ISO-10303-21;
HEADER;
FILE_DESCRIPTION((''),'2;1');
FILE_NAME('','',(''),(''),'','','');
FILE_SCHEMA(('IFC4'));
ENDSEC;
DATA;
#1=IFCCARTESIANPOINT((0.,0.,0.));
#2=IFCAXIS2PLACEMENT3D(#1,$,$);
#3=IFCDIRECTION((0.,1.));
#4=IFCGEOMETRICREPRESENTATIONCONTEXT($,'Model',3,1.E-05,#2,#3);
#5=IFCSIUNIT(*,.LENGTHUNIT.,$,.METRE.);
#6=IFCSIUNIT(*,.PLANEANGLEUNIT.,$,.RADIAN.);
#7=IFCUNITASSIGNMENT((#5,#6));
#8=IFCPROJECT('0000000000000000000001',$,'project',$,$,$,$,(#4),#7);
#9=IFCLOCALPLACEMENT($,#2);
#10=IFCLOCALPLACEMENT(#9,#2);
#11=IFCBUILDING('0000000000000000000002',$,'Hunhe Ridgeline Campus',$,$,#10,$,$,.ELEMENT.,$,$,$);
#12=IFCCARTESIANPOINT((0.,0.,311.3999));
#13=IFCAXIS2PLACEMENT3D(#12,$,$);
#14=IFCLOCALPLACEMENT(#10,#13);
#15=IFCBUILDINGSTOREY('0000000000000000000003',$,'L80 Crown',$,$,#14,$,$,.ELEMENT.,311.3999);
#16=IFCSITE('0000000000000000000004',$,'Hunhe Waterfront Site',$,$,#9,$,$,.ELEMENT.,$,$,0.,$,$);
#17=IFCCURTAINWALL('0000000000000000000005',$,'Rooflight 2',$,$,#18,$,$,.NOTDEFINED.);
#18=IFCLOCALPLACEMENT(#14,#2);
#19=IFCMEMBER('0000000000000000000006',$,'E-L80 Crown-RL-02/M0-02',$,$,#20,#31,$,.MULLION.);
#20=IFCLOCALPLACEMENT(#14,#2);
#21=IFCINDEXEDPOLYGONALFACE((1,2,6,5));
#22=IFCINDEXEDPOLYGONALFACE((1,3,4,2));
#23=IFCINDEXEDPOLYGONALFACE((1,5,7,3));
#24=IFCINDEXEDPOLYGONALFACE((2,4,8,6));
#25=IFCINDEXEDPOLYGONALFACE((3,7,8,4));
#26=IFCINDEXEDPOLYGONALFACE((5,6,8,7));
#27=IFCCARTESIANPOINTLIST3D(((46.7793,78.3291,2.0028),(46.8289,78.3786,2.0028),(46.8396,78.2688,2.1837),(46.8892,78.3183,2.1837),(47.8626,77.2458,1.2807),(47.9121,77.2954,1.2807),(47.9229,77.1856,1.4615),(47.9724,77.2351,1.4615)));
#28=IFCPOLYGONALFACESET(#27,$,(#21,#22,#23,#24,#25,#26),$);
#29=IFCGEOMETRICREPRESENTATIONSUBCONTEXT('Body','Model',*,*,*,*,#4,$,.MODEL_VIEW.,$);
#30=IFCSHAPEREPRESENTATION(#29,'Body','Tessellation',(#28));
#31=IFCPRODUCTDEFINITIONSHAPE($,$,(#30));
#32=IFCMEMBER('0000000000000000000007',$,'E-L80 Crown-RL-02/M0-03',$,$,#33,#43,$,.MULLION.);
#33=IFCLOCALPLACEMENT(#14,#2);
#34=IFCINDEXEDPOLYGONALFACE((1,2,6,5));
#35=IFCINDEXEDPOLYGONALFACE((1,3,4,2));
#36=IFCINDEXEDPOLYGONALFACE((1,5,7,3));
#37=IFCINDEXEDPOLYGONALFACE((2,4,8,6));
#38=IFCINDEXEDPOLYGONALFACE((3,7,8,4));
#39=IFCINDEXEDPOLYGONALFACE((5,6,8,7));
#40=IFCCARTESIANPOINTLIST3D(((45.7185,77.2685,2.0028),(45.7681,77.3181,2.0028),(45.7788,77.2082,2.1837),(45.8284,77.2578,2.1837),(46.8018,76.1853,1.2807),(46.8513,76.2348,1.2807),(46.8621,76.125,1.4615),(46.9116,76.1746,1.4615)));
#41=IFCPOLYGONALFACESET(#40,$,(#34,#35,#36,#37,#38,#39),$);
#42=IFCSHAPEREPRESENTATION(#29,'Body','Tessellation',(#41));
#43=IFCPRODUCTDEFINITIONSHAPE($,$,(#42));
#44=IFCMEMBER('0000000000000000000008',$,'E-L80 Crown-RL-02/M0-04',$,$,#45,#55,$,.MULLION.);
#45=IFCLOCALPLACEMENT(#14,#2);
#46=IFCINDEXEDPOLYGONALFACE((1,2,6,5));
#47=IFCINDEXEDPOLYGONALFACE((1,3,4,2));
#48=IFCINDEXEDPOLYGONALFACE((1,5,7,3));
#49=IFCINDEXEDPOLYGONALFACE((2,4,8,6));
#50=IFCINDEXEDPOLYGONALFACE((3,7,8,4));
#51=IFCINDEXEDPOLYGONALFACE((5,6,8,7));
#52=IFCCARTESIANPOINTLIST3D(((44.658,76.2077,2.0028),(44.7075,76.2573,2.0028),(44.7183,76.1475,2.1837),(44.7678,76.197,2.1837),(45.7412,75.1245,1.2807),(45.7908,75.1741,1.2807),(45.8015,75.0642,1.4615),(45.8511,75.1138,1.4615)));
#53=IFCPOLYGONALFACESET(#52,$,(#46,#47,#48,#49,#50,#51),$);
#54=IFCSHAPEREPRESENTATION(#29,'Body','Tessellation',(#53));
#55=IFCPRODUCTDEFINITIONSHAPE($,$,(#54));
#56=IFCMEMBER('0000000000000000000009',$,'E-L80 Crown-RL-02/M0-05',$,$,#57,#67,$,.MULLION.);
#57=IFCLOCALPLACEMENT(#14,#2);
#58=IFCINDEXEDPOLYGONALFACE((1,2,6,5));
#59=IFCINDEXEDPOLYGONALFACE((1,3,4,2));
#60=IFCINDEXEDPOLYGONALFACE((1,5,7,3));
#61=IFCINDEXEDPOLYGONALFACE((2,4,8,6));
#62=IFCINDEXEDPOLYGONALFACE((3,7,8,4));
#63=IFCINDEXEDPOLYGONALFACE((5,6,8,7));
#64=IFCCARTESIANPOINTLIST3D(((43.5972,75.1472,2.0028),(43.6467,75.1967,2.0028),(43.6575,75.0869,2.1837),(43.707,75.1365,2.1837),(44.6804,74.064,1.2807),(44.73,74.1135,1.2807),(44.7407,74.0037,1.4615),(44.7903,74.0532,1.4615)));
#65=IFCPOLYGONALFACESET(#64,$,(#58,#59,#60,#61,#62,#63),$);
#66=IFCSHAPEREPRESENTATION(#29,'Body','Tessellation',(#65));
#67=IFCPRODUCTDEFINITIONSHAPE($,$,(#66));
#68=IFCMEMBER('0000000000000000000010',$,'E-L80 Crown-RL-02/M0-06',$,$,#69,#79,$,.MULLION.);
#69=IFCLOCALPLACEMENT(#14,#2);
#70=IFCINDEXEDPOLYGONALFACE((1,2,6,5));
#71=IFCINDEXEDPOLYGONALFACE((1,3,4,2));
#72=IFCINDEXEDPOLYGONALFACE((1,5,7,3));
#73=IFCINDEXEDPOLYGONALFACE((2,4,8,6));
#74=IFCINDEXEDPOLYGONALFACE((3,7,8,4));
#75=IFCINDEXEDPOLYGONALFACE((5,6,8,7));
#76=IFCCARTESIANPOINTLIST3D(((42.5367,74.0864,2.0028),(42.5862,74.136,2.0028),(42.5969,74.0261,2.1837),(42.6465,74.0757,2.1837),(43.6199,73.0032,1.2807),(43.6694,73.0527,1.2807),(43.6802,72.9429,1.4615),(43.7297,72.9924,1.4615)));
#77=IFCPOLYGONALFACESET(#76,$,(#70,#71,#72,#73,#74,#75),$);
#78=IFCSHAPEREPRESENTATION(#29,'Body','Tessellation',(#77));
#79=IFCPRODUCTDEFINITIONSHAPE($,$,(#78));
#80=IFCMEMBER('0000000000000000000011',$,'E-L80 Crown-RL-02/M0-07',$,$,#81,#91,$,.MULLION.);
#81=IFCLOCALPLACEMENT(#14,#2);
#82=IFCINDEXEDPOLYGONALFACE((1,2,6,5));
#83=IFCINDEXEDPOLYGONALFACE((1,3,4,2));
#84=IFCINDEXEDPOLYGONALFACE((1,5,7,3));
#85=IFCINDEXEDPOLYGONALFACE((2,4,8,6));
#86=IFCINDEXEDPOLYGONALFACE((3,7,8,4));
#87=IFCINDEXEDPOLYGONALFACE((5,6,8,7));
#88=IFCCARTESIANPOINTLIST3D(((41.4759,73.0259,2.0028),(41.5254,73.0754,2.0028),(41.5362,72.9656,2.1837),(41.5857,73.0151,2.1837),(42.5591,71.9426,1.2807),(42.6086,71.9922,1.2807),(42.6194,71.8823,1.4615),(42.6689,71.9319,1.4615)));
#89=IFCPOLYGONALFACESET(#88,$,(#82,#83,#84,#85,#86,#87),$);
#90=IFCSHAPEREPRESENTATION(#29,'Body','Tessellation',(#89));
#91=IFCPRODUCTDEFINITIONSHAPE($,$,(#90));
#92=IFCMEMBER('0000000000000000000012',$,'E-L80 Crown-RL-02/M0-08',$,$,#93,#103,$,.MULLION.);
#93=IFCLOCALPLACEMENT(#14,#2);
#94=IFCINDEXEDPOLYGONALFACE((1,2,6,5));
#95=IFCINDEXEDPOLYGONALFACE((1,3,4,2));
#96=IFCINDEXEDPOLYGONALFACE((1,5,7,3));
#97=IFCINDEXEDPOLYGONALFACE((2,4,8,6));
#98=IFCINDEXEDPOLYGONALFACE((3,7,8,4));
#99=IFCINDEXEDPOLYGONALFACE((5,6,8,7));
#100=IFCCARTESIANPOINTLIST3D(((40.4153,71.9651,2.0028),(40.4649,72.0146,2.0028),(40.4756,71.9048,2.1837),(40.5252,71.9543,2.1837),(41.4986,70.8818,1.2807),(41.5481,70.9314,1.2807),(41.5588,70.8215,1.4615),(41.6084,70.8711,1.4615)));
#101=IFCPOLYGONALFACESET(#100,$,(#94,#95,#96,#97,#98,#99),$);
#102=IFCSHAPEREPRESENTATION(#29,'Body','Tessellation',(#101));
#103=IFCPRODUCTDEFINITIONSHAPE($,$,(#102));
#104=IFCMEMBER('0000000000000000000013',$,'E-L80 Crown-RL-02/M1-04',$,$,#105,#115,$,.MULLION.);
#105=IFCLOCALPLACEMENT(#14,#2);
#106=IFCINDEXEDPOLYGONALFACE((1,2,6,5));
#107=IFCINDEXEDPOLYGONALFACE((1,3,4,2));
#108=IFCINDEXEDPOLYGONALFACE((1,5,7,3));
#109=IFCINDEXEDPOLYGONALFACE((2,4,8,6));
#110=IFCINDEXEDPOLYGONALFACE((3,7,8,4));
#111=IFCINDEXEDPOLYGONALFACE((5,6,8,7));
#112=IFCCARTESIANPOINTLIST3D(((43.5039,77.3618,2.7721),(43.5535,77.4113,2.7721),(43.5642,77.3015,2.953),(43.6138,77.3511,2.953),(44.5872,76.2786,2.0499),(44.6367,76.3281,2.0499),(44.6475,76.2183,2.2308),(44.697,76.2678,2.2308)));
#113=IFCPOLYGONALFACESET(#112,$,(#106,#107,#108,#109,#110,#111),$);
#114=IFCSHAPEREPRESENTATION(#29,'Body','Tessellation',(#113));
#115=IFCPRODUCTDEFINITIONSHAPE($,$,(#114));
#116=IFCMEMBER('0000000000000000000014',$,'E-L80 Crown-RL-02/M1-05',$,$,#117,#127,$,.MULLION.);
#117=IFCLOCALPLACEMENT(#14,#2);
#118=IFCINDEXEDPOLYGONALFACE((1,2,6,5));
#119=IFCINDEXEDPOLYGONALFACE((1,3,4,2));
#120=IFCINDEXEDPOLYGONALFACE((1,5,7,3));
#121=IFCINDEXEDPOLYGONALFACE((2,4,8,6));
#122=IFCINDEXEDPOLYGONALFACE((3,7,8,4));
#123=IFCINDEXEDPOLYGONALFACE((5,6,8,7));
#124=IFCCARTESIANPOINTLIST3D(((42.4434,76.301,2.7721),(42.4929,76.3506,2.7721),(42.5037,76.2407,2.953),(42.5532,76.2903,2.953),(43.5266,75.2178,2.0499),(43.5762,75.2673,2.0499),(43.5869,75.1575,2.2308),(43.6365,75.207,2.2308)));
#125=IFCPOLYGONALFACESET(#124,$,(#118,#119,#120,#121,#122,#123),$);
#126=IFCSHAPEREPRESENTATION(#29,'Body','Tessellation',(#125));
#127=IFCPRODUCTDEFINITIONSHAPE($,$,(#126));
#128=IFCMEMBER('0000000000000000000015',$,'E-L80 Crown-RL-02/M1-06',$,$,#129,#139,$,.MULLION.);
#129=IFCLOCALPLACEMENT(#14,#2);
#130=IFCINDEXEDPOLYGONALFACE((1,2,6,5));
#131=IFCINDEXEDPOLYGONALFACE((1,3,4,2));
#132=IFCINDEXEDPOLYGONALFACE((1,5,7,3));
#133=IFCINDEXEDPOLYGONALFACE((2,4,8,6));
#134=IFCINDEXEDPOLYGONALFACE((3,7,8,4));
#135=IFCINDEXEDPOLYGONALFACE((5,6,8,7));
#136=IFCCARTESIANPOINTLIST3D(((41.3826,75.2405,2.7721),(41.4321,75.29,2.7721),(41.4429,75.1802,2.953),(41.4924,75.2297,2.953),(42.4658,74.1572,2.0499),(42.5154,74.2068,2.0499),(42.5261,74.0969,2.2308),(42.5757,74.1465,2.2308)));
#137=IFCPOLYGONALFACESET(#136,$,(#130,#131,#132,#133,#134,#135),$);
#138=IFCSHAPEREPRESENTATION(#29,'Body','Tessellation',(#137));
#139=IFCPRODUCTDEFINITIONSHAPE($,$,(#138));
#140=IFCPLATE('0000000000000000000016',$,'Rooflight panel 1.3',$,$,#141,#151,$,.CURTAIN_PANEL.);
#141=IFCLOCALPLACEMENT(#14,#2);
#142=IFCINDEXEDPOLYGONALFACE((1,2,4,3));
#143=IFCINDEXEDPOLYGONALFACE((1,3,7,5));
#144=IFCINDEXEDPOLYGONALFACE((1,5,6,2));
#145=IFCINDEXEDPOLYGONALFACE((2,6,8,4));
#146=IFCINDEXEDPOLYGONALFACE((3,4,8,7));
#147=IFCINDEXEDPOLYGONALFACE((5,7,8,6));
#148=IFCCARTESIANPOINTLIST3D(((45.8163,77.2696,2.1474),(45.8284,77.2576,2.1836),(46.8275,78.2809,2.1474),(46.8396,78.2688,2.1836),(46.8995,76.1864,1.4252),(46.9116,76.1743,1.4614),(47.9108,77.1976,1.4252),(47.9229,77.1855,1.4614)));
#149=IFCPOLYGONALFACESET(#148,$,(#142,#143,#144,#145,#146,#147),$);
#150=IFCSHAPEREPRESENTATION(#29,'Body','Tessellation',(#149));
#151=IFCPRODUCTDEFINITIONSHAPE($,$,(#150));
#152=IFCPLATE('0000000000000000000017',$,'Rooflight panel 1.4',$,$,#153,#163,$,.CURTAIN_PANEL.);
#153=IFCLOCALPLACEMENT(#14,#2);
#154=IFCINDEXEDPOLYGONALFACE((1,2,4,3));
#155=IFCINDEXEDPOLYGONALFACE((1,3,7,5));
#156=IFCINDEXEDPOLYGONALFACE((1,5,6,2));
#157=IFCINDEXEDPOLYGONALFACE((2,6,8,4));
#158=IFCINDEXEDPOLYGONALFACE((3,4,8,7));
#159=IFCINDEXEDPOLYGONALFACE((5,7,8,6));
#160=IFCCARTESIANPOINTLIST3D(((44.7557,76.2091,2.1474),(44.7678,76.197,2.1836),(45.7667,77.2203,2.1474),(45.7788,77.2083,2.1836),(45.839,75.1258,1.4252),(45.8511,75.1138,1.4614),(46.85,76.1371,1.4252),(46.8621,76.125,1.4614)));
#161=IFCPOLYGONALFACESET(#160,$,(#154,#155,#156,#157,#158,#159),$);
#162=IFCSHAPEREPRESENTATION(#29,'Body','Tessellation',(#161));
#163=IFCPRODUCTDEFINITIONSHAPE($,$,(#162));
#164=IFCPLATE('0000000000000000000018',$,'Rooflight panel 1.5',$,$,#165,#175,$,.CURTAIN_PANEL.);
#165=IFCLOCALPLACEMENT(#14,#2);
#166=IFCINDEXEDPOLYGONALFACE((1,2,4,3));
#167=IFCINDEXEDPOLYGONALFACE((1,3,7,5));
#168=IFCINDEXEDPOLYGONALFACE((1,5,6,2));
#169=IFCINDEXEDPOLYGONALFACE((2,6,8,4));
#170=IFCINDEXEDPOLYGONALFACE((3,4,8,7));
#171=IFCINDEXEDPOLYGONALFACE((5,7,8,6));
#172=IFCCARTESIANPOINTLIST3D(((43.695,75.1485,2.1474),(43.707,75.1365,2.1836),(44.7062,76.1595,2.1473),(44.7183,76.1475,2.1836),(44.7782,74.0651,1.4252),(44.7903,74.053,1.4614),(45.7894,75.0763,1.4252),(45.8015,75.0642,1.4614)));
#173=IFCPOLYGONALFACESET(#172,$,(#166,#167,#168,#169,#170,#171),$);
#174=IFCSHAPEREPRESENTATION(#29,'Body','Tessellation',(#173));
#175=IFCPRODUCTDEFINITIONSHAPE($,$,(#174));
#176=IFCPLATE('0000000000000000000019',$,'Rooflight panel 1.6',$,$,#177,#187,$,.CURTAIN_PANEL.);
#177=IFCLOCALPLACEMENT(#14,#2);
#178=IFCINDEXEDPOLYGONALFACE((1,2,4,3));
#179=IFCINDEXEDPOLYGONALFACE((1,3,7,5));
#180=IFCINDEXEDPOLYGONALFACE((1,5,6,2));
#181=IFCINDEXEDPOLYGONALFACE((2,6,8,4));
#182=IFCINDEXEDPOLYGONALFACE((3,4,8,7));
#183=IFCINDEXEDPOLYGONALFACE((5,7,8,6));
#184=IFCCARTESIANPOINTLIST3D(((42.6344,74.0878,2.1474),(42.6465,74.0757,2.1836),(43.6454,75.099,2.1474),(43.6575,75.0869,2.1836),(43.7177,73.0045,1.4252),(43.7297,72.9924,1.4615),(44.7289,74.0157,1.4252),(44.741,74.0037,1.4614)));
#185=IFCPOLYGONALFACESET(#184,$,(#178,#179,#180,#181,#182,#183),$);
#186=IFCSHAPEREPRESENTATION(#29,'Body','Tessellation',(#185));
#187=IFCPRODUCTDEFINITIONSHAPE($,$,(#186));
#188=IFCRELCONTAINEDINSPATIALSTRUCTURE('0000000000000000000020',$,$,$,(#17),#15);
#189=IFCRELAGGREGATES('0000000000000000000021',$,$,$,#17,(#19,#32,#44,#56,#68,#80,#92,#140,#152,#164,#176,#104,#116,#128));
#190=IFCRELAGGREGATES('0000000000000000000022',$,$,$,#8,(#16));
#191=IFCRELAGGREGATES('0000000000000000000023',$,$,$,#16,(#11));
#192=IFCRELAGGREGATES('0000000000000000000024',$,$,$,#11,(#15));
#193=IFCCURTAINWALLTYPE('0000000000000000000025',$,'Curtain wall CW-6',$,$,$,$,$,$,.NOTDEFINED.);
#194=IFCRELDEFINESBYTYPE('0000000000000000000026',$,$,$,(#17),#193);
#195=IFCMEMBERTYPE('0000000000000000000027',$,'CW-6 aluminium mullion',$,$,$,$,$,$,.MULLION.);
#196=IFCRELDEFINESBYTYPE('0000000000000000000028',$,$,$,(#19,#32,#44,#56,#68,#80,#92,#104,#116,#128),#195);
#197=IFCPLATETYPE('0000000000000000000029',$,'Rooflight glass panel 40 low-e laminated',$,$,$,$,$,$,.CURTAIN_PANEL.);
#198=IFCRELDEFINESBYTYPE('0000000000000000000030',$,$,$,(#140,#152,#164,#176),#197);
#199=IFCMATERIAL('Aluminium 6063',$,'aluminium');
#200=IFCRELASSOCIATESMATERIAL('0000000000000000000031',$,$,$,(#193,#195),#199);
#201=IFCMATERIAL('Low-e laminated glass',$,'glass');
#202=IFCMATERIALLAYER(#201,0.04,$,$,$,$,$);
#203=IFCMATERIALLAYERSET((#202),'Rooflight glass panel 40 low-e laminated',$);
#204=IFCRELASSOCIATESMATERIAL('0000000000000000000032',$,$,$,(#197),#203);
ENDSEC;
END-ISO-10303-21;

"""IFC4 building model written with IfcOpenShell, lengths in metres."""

from ifc_helpers import new_model, si_unit, direction, frame, origin, origin_2d, place, context, subcontext, project, spatial, polyline, rectangle, outline, extrude, material, layer, layer_set, material_profile, profile_set, type_object, element, aggregate, save


model = new_model("IFC4")

# Units and contexts
model_context = context("Model", 3, precision=1e-05, world=origin(), true_north=direction((0.0, 1.0)))
body_context = subcontext(model_context, "Body", "Model", "MODEL_VIEW")
ifc_project = project(units=[si_unit("LENGTHUNIT", "METRE"), si_unit("PLANEANGLEUNIT", "RADIAN")], contexts=[model_context])

# Site, building, storey
site_placement = place(None, origin())
site = spatial("IfcSite", under=ifc_project, at=site_placement, Name="Hunhe Waterfront Site", CompositionType="ELEMENT", RefElevation=0.0)
building_placement = place(site_placement, origin())
building = spatial("IfcBuilding", under=site, at=building_placement, Name="Hunhe Ridgeline Campus", CompositionType="ELEMENT")
storey_placement = place(building_placement, frame((0.0, 0.0, 311.3999)))
storey = spatial("IfcBuildingStorey", under=building, at=storey_placement, Name="L80 Crown", CompositionType="ELEMENT", Elevation=311.3999)

# Curtain wall, members, plates
ifc_material_1 = material(Name="Aluminium 6063", Category="aluminium")
curtain_wall_type = type_object("IfcCurtainWallType", Name="Curtain wall CW-6", PredefinedType="NOTDEFINED", material=ifc_material_1)
curtain_wall_placement = place(storey_placement, origin())
curtain_wall = element("IfcCurtainWall", 1, at=curtain_wall_placement, inside=storey, type_object=curtain_wall_type, Name="Rooflight 2", PredefinedType="NOTDEFINED")
ifc_material_profile = material_profile(ifc_material_1, rectangle(XDim=0.0701, YDim=0.2, at=origin_2d()))
ifc_profile_set = profile_set([ifc_material_profile], Name="Aluminium 6063")
member_type = type_object("IfcMemberType", Name="CW-6 aluminium mullion", PredefinedType="MULLION", material=ifc_profile_set)
member_1_placement = place(storey_placement, frame((47.9175, 77.2405, 1.3711), z_axis=(-0.639602, 0.639602, 0.426401), x_axis=(-0.707107, -0.707107, 0.0)))
member_1 = element("IfcMember", 2, at=member_1_placement, type_object=member_type, Name="E-L80 Crown-RL-02/M0-02", PredefinedType="MULLION", context=body_context, shape_type="SweptSolid", body=[
    extrude(rectangle(XDim=0.0701, YDim=0.2, at=origin_2d()), origin(), (0.0, 0.0, 1.0), 1.6936),
])
member_2_placement = place(storey_placement, frame((46.8567, 76.1799, 1.3711), z_axis=(-0.639602, 0.639602, 0.426401), x_axis=(-0.707107, -0.707107, 0.0)))
member_2 = element("IfcMember", 3, at=member_2_placement, type_object=member_type, Name="E-L80 Crown-RL-02/M0-03", PredefinedType="MULLION", context=body_context, shape_type="SweptSolid", body=[
    extrude(rectangle(XDim=0.0701, YDim=0.2, at=origin_2d()), origin(), (0.0, 0.0, 1.0), 1.6936),
])
member_3_placement = place(storey_placement, frame((45.7961, 75.1191, 1.3711), z_axis=(-0.639602, 0.639602, 0.426401), x_axis=(-0.707107, -0.707107, 0.0)))
member_3 = element("IfcMember", 4, at=member_3_placement, type_object=member_type, Name="E-L80 Crown-RL-02/M0-04", PredefinedType="MULLION", context=body_context, shape_type="SweptSolid", body=[
    extrude(rectangle(XDim=0.0701, YDim=0.2, at=origin_2d()), origin(), (0.0, 0.0, 1.0), 1.6936),
])
member_4_placement = place(storey_placement, frame((44.7354, 74.0586, 1.3711), z_axis=(-0.639602, 0.639602, 0.426401), x_axis=(-0.707107, -0.707107, 0.0)))
member_4 = element("IfcMember", 5, at=member_4_placement, type_object=member_type, Name="E-L80 Crown-RL-02/M0-05", PredefinedType="MULLION", context=body_context, shape_type="SweptSolid", body=[
    extrude(rectangle(XDim=0.0701, YDim=0.2, at=origin_2d()), origin(), (0.0, 0.0, 1.0), 1.6936),
])
member_5_placement = place(storey_placement, frame((43.6748, 72.9978, 1.3711), z_axis=(-0.639602, 0.639602, 0.426401), x_axis=(-0.707107, -0.707107, 0.0)))
member_5 = element("IfcMember", 6, at=member_5_placement, type_object=member_type, Name="E-L80 Crown-RL-02/M0-06", PredefinedType="MULLION", context=body_context, shape_type="SweptSolid", body=[
    extrude(rectangle(XDim=0.0701, YDim=0.2, at=origin_2d()), origin(), (0.0, 0.0, 1.0), 1.6936),
])
member_6_placement = place(storey_placement, frame((42.614, 71.9373, 1.3711), z_axis=(-0.639602, 0.639602, 0.426401), x_axis=(-0.707107, -0.707107, 0.0)))
member_6 = element("IfcMember", 7, at=member_6_placement, type_object=member_type, Name="E-L80 Crown-RL-02/M0-07", PredefinedType="MULLION", context=body_context, shape_type="SweptSolid", body=[
    extrude(rectangle(XDim=0.0701, YDim=0.2, at=origin_2d()), origin(), (0.0, 0.0, 1.0), 1.6936),
])
member_7_placement = place(storey_placement, frame((41.5535, 70.8765, 1.3711), z_axis=(-0.639602, 0.639602, 0.426401), x_axis=(-0.707107, -0.707107, 0.0)))
member_7 = element("IfcMember", 8, at=member_7_placement, type_object=member_type, Name="E-L80 Crown-RL-02/M0-08", PredefinedType="MULLION", context=body_context, shape_type="SweptSolid", body=[
    extrude(rectangle(XDim=0.0701, YDim=0.2, at=origin_2d()), origin(), (0.0, 0.0, 1.0), 1.6936),
])
member_8_placement = place(storey_placement, frame((44.6421, 76.2732, 2.1404), z_axis=(-0.639602, 0.639602, 0.426401), x_axis=(-0.707107, -0.707107, 0.0)))
member_8 = element("IfcMember", 9, at=member_8_placement, type_object=member_type, Name="E-L80 Crown-RL-02/M1-04", PredefinedType="MULLION", context=body_context, shape_type="SweptSolid", body=[
    extrude(rectangle(XDim=0.0701, YDim=0.2, at=origin_2d()), origin(), (0.0, 0.0, 1.0), 1.6936),
])
member_9_placement = place(storey_placement, frame((43.5815, 75.2124, 2.1404), z_axis=(-0.639602, 0.639602, 0.426401), x_axis=(-0.707107, -0.707107, 0.0)))
member_9 = element("IfcMember", 10, at=member_9_placement, type_object=member_type, Name="E-L80 Crown-RL-02/M1-05", PredefinedType="MULLION", context=body_context, shape_type="SweptSolid", body=[
    extrude(rectangle(XDim=0.0701, YDim=0.2, at=origin_2d()), origin(), (0.0, 0.0, 1.0), 1.6936),
])
member_10_placement = place(storey_placement, frame((42.5208, 74.1519, 2.1404), z_axis=(-0.639602, 0.639602, 0.426401), x_axis=(-0.707107, -0.707107, 0.0)))
member_10 = element("IfcMember", 11, at=member_10_placement, type_object=member_type, Name="E-L80 Crown-RL-02/M1-06", PredefinedType="MULLION", context=body_context, shape_type="SweptSolid", body=[
    extrude(rectangle(XDim=0.0701, YDim=0.2, at=origin_2d()), origin(), (0.0, 0.0, 1.0), 1.6936),
])
ifc_material_2 = material(Name="Low-e laminated glass", Category="glass")
ifc_layer = layer(ifc_material_2, 0.04)
ifc_layer_set = layer_set([ifc_layer], Name="Rooflight glass panel 40 low-e laminated")
plate_type = type_object("IfcPlateType", Name="Rooflight glass panel 40 low-e laminated", PredefinedType="CURTAIN_PANEL", material=ifc_layer_set)
plate_1_placement = place(storey_placement, frame((47.9229, 77.1855, 1.4614), z_axis=(0.301511, -0.301511, 0.904534), x_axis=(-0.639602, 0.639602, 0.426401)))
plate_1 = element("IfcPlate", 12, at=plate_1_placement, type_object=plate_type, Name="Rooflight panel 1.3", PredefinedType="CURTAIN_PANEL", context=body_context, shape_type="SweptSolid", body=[
    extrude(outline(polyline([(0.0, 0.0), (1.6936, 0.0), (1.6936, 1.4301), (0.0, 1.4301), (0.0, 0.0)])), origin(), (0.0, 0.0, -1.0), 0.04),
])
plate_2_placement = place(storey_placement, frame((46.8621, 76.125, 1.4614), z_axis=(0.301548, -0.301475, 0.904534), x_axis=(-0.639602, 0.639602, 0.426401)))
plate_2 = element("IfcPlate", 13, at=plate_2_placement, type_object=plate_type, Name="Rooflight panel 1.4", PredefinedType="CURTAIN_PANEL", context=body_context, shape_type="SweptSolid", body=[
    extrude(outline(polyline([(0.0, 0.0), (1.6936, 0.0), (1.6935, 1.4299), (-0.0002, 1.4299), (0.0, 0.0)])), origin(), (0.0, 0.0, -1.0), 0.04),
])
plate_3_placement = place(storey_placement, frame((45.8015, 75.0642, 1.4614), z_axis=(0.301479, -0.301516, 0.904543), x_axis=(-0.639609, 0.639609, 0.426382)))
plate_3 = element("IfcPlate", 14, at=plate_3_placement, type_object=plate_type, Name="Rooflight panel 1.5", PredefinedType="CURTAIN_PANEL", context=body_context, shape_type="SweptSolid", body=[
    extrude(outline(polyline([(0.0, 0.0), (1.6936, 0.0), (1.6938, 1.4299), (0.0, 1.4301), (0.0, 0.0)])), origin(), (0.0, 0.0, -1.0), 0.04),
])
plate_4_placement = place(storey_placement, frame((44.741, 74.0037, 1.4614), z_axis=(0.301516, -0.301479, 0.904543), x_axis=(-0.639681, 0.639537, 0.426382)))
plate_4 = element("IfcPlate", 15, at=plate_4_placement, type_object=plate_type, Name="Rooflight panel 1.6", PredefinedType="CURTAIN_PANEL", context=body_context, shape_type="SweptSolid", body=[
    extrude(outline(polyline([(0.0, 0.0), (1.6938, 0.0), (1.6938, 1.4299), (0.0001, 1.4301), (0.0, 0.0)])), origin(), (0.0, 0.0, -1.0), 0.04),
])
aggregate(curtain_wall, [member_1, member_2, member_3, member_4, member_5, member_6, member_7, plate_1, plate_2, plate_3, plate_4, member_8, member_9, member_10])

save(model, "model.ifc")
